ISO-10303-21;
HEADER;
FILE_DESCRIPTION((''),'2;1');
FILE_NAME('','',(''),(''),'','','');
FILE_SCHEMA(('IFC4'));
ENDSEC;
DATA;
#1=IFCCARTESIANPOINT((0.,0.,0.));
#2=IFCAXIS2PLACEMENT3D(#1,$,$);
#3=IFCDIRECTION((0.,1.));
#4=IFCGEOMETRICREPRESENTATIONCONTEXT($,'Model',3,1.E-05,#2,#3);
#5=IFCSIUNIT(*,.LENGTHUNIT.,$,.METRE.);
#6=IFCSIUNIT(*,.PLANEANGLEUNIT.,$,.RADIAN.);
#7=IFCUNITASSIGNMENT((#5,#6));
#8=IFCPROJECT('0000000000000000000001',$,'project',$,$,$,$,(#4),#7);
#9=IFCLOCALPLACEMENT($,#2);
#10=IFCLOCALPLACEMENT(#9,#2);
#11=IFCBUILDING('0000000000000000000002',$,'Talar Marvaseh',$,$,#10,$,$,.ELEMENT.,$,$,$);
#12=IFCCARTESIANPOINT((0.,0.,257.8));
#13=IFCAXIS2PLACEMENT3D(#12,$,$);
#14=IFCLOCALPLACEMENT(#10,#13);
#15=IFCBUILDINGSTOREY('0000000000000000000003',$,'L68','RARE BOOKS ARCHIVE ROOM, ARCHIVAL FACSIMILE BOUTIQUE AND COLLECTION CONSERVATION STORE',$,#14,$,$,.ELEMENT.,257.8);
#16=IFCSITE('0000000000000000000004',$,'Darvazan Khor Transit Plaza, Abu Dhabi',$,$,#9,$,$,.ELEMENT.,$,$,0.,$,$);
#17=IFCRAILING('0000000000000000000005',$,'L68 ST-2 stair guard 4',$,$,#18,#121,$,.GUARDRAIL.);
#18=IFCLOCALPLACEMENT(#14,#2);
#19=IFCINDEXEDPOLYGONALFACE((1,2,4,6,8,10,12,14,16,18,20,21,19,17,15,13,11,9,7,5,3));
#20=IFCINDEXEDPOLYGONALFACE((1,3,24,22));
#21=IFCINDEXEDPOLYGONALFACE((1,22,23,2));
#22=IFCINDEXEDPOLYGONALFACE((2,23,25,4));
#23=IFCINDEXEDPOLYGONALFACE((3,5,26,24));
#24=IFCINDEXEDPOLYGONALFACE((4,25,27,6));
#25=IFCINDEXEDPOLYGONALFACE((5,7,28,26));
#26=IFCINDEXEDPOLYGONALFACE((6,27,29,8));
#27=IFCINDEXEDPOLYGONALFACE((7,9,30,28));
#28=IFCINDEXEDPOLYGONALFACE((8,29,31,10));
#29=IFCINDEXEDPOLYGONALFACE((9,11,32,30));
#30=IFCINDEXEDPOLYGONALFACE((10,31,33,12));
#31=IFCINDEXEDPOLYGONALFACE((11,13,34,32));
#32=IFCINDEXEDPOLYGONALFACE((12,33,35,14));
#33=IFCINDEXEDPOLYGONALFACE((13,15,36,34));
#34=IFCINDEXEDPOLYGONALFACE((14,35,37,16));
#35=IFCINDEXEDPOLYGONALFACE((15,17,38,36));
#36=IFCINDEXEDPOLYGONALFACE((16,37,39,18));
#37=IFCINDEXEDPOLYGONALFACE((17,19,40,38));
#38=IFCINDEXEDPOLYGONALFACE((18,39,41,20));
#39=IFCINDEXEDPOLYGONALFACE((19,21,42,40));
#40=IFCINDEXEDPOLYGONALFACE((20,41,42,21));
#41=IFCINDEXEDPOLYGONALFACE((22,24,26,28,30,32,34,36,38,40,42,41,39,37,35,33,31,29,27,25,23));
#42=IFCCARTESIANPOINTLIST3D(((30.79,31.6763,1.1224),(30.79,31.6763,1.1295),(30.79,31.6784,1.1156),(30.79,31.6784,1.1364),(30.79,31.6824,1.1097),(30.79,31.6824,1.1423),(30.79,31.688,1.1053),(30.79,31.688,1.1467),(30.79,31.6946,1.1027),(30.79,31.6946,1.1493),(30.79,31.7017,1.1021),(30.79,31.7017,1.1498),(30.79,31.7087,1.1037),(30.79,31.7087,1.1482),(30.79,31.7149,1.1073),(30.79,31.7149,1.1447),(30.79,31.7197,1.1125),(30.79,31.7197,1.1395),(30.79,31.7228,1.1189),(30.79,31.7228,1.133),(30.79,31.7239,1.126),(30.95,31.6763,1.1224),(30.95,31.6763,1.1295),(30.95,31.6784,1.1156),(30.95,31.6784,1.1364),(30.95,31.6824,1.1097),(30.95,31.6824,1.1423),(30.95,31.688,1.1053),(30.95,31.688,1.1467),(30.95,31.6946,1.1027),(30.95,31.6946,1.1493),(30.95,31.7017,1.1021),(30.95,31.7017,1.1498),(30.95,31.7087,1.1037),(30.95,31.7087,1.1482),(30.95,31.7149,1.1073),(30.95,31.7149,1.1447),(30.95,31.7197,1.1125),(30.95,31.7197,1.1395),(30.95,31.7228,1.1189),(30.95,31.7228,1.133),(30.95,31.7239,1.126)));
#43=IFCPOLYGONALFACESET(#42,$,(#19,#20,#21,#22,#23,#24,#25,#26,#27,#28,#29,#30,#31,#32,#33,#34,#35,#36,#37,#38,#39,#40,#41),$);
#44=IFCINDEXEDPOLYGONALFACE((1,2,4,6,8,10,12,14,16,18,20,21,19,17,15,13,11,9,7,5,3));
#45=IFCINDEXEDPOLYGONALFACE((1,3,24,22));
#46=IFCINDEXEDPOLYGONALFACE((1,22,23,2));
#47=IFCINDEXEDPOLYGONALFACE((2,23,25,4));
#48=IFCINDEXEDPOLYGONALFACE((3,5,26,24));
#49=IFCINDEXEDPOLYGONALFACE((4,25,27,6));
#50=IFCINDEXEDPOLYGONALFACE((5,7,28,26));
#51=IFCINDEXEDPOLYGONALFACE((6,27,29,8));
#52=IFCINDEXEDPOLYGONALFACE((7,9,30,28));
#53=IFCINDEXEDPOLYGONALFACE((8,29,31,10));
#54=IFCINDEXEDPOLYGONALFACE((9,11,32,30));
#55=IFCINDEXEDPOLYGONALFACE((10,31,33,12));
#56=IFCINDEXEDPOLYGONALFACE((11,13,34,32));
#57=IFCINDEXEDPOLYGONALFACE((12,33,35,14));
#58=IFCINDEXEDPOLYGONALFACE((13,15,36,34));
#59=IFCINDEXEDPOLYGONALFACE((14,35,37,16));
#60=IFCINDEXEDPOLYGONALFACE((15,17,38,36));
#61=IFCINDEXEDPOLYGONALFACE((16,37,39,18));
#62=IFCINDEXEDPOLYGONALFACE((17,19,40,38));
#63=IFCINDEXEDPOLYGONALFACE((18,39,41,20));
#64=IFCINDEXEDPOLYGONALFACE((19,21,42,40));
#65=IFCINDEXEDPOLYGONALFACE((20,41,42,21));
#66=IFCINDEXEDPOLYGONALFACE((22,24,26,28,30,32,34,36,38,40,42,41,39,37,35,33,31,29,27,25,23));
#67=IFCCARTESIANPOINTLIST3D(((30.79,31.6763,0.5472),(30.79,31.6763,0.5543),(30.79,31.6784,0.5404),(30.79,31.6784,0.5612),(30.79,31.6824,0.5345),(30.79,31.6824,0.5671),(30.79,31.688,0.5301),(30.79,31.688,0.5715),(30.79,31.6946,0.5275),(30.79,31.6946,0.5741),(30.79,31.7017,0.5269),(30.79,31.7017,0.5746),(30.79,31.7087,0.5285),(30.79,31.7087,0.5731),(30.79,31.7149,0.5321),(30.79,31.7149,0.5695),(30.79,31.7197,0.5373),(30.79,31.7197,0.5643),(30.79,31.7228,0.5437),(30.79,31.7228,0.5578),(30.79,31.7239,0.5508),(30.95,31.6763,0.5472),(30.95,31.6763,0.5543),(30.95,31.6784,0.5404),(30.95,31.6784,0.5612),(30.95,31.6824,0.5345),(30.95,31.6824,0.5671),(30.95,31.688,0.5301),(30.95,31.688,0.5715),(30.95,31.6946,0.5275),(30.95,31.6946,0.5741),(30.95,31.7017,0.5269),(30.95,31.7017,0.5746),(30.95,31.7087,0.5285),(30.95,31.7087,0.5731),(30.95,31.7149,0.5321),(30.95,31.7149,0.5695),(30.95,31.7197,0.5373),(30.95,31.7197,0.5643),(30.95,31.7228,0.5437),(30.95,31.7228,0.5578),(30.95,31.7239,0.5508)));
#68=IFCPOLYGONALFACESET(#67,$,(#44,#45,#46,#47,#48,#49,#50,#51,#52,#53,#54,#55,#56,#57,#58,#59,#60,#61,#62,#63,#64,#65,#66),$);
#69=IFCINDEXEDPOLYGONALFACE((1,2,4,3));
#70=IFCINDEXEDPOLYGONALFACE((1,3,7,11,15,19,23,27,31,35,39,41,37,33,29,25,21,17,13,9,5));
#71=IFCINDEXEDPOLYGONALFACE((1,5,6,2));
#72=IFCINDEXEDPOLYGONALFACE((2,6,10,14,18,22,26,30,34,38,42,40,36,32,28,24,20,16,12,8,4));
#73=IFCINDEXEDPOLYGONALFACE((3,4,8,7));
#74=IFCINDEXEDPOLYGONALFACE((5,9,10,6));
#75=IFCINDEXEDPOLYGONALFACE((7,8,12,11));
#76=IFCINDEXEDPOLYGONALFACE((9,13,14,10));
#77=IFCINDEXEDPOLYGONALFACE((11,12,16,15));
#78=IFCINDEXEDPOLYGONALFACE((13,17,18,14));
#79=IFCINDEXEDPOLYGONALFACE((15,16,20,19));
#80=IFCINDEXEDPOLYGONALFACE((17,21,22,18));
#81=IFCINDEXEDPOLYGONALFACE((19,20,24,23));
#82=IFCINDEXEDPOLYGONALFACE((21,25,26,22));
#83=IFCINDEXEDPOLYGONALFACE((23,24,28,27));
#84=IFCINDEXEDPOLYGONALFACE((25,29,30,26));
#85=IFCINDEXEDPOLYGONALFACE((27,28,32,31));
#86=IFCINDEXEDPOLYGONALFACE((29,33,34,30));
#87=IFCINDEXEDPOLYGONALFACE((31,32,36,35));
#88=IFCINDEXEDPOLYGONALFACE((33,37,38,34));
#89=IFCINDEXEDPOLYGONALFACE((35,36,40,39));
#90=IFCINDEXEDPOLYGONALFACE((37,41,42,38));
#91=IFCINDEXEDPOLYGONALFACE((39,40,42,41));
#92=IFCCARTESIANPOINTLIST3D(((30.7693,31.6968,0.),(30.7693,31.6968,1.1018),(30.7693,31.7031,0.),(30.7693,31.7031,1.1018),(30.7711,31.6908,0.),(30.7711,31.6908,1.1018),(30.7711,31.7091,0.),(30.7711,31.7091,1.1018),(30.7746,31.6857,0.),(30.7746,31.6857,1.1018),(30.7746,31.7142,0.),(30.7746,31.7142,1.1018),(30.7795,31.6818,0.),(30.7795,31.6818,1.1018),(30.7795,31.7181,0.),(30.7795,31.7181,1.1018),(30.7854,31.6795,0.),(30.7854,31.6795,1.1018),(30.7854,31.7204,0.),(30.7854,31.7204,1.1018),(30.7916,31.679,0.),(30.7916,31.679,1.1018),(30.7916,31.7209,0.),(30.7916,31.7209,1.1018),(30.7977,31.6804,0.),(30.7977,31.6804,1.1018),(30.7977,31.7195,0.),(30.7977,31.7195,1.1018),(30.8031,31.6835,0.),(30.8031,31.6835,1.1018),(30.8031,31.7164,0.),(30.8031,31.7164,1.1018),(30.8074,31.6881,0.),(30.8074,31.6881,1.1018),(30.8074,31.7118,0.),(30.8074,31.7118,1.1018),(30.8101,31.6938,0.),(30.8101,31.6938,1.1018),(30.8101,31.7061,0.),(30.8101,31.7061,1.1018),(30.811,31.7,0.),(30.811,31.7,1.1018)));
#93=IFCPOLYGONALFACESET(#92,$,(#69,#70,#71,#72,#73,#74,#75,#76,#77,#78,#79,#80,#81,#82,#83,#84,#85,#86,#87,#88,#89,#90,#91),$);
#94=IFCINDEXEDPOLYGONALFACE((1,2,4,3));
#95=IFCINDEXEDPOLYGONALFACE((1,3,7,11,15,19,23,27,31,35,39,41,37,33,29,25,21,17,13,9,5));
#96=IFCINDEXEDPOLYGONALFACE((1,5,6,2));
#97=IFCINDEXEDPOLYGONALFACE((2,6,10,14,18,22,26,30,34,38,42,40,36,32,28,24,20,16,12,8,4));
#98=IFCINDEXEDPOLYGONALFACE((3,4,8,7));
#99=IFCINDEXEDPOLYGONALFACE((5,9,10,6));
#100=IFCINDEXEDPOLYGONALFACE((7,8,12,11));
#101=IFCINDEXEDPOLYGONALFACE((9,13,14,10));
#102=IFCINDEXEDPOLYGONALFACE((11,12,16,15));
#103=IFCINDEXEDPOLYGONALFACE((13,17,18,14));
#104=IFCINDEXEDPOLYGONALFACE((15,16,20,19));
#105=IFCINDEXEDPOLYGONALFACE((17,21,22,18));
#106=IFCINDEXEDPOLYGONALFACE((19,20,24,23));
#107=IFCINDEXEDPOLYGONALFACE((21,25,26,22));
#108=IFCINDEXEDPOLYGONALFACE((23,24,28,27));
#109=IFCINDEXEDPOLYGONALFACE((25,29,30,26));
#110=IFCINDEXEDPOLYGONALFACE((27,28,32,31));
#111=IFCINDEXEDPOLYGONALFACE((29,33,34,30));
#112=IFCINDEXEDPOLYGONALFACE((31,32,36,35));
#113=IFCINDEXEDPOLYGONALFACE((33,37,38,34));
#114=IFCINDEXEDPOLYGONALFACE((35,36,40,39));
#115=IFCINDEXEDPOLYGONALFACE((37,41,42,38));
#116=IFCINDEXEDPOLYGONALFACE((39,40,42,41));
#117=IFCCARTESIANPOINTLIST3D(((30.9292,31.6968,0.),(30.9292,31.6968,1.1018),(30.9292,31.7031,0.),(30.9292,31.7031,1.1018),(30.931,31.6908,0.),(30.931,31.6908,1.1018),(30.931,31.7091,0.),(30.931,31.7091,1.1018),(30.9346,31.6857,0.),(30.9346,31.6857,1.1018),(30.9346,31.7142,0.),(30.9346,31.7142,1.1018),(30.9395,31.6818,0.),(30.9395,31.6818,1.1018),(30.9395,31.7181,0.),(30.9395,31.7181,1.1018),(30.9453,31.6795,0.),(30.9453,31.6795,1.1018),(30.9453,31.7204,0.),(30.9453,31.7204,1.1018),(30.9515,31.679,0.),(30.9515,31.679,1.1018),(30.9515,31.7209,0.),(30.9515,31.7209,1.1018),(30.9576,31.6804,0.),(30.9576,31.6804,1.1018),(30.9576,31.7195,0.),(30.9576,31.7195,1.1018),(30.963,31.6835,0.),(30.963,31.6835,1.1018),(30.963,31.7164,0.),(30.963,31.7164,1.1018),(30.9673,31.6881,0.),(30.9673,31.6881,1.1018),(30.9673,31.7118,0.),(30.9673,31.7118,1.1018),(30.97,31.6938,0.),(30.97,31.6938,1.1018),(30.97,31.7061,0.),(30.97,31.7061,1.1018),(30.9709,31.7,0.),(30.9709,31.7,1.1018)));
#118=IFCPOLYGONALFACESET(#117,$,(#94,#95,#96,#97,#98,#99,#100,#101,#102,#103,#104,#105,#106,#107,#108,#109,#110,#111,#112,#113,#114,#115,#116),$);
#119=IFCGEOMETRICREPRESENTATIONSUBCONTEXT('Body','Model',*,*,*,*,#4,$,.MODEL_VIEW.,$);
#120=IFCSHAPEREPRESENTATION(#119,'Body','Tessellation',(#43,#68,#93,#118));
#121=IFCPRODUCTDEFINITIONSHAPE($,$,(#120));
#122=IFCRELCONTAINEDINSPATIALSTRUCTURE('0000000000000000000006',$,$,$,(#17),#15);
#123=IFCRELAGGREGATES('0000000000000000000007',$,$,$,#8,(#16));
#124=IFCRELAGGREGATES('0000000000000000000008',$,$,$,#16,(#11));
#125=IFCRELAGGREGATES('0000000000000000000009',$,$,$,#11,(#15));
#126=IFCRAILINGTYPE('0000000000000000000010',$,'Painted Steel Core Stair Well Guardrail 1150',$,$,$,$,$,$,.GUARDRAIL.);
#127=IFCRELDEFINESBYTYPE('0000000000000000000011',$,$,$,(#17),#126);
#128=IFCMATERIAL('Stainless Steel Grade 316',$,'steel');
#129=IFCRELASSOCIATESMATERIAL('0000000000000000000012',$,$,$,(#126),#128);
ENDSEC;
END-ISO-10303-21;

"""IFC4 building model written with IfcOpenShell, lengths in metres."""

from ifc_helpers import new_model, si_unit, direction, frame, origin, origin_2d, place, context, subcontext, project, spatial, circle, extrude, material, type_object, element, save


model = new_model("IFC4")

# Units and contexts
model_context = context("Model", 3, precision=1e-05, world=origin(), true_north=direction((0.0, 1.0)))
body_context = subcontext(model_context, "Body", "Model", "MODEL_VIEW")
ifc_project = project(units=[si_unit("LENGTHUNIT", "METRE"), si_unit("PLANEANGLEUNIT", "RADIAN")], contexts=[model_context])

# Site, building, storey
site_placement = place(None, origin())
site = spatial("IfcSite", under=ifc_project, at=site_placement, Name="Darvazan Khor Transit Plaza, Abu Dhabi", CompositionType="ELEMENT", RefElevation=0.0)
building_placement = place(site_placement, origin())
building = spatial("IfcBuilding", under=site, at=building_placement, Name="Talar Marvaseh", CompositionType="ELEMENT")
storey_placement = place(building_placement, frame((0.0, 0.0, 257.8)))
storey = spatial("IfcBuildingStorey", under=building, at=storey_placement, Name="L68", Description="RARE BOOKS ARCHIVE ROOM, ARCHIVAL FACSIMILE BOUTIQUE AND COLLECTION CONSERVATION STORE", CompositionType="ELEMENT", Elevation=257.8)

# Shared definitions
ifc_material_1 = material(Name="Stainless Steel Grade 316", Category="steel")

# Railing
railing_type_1 = type_object("IfcRailingType", Name="Painted Steel Core Stair Well Guardrail 1150", PredefinedType="GUARDRAIL", material=ifc_material_1)
railing_1_placement = place(storey_placement, frame((30.79, 31.7, 0.0)))
element("IfcRailing", 1, at=railing_1_placement, inside=storey, type_object=railing_type_1, Name="L68 ST-2 stair guard 4", PredefinedType="GUARDRAIL", context=body_context, shape_type="SweptSolid", body=[
    extrude(circle(Radius=0.0239, at=origin_2d()), frame((0.0, 0.0, 1.126), z_axis=(1.0, 0.0, 0.0), x_axis=(0.0, 1.0, 0.0)), (0.0, 0.0, 1.0), 0.1599),
    extrude(circle(Radius=0.0239, at=origin_2d()), frame((0.0, 0.0, 0.5508), z_axis=(1.0, 0.0, 0.0), x_axis=(0.0, 1.0, 0.0)), (0.0, 0.0, 1.0), 0.1599),
    extrude(circle(Radius=0.021, at=origin_2d()), origin(), (0.0, 0.0, 1.0), 1.1018),
    extrude(circle(Radius=0.021, at=origin_2d()), frame((0.1599, 0.0, 0.0)), (0.0, 0.0, 1.0), 1.1018),
])

save(model, "model.ifc")
